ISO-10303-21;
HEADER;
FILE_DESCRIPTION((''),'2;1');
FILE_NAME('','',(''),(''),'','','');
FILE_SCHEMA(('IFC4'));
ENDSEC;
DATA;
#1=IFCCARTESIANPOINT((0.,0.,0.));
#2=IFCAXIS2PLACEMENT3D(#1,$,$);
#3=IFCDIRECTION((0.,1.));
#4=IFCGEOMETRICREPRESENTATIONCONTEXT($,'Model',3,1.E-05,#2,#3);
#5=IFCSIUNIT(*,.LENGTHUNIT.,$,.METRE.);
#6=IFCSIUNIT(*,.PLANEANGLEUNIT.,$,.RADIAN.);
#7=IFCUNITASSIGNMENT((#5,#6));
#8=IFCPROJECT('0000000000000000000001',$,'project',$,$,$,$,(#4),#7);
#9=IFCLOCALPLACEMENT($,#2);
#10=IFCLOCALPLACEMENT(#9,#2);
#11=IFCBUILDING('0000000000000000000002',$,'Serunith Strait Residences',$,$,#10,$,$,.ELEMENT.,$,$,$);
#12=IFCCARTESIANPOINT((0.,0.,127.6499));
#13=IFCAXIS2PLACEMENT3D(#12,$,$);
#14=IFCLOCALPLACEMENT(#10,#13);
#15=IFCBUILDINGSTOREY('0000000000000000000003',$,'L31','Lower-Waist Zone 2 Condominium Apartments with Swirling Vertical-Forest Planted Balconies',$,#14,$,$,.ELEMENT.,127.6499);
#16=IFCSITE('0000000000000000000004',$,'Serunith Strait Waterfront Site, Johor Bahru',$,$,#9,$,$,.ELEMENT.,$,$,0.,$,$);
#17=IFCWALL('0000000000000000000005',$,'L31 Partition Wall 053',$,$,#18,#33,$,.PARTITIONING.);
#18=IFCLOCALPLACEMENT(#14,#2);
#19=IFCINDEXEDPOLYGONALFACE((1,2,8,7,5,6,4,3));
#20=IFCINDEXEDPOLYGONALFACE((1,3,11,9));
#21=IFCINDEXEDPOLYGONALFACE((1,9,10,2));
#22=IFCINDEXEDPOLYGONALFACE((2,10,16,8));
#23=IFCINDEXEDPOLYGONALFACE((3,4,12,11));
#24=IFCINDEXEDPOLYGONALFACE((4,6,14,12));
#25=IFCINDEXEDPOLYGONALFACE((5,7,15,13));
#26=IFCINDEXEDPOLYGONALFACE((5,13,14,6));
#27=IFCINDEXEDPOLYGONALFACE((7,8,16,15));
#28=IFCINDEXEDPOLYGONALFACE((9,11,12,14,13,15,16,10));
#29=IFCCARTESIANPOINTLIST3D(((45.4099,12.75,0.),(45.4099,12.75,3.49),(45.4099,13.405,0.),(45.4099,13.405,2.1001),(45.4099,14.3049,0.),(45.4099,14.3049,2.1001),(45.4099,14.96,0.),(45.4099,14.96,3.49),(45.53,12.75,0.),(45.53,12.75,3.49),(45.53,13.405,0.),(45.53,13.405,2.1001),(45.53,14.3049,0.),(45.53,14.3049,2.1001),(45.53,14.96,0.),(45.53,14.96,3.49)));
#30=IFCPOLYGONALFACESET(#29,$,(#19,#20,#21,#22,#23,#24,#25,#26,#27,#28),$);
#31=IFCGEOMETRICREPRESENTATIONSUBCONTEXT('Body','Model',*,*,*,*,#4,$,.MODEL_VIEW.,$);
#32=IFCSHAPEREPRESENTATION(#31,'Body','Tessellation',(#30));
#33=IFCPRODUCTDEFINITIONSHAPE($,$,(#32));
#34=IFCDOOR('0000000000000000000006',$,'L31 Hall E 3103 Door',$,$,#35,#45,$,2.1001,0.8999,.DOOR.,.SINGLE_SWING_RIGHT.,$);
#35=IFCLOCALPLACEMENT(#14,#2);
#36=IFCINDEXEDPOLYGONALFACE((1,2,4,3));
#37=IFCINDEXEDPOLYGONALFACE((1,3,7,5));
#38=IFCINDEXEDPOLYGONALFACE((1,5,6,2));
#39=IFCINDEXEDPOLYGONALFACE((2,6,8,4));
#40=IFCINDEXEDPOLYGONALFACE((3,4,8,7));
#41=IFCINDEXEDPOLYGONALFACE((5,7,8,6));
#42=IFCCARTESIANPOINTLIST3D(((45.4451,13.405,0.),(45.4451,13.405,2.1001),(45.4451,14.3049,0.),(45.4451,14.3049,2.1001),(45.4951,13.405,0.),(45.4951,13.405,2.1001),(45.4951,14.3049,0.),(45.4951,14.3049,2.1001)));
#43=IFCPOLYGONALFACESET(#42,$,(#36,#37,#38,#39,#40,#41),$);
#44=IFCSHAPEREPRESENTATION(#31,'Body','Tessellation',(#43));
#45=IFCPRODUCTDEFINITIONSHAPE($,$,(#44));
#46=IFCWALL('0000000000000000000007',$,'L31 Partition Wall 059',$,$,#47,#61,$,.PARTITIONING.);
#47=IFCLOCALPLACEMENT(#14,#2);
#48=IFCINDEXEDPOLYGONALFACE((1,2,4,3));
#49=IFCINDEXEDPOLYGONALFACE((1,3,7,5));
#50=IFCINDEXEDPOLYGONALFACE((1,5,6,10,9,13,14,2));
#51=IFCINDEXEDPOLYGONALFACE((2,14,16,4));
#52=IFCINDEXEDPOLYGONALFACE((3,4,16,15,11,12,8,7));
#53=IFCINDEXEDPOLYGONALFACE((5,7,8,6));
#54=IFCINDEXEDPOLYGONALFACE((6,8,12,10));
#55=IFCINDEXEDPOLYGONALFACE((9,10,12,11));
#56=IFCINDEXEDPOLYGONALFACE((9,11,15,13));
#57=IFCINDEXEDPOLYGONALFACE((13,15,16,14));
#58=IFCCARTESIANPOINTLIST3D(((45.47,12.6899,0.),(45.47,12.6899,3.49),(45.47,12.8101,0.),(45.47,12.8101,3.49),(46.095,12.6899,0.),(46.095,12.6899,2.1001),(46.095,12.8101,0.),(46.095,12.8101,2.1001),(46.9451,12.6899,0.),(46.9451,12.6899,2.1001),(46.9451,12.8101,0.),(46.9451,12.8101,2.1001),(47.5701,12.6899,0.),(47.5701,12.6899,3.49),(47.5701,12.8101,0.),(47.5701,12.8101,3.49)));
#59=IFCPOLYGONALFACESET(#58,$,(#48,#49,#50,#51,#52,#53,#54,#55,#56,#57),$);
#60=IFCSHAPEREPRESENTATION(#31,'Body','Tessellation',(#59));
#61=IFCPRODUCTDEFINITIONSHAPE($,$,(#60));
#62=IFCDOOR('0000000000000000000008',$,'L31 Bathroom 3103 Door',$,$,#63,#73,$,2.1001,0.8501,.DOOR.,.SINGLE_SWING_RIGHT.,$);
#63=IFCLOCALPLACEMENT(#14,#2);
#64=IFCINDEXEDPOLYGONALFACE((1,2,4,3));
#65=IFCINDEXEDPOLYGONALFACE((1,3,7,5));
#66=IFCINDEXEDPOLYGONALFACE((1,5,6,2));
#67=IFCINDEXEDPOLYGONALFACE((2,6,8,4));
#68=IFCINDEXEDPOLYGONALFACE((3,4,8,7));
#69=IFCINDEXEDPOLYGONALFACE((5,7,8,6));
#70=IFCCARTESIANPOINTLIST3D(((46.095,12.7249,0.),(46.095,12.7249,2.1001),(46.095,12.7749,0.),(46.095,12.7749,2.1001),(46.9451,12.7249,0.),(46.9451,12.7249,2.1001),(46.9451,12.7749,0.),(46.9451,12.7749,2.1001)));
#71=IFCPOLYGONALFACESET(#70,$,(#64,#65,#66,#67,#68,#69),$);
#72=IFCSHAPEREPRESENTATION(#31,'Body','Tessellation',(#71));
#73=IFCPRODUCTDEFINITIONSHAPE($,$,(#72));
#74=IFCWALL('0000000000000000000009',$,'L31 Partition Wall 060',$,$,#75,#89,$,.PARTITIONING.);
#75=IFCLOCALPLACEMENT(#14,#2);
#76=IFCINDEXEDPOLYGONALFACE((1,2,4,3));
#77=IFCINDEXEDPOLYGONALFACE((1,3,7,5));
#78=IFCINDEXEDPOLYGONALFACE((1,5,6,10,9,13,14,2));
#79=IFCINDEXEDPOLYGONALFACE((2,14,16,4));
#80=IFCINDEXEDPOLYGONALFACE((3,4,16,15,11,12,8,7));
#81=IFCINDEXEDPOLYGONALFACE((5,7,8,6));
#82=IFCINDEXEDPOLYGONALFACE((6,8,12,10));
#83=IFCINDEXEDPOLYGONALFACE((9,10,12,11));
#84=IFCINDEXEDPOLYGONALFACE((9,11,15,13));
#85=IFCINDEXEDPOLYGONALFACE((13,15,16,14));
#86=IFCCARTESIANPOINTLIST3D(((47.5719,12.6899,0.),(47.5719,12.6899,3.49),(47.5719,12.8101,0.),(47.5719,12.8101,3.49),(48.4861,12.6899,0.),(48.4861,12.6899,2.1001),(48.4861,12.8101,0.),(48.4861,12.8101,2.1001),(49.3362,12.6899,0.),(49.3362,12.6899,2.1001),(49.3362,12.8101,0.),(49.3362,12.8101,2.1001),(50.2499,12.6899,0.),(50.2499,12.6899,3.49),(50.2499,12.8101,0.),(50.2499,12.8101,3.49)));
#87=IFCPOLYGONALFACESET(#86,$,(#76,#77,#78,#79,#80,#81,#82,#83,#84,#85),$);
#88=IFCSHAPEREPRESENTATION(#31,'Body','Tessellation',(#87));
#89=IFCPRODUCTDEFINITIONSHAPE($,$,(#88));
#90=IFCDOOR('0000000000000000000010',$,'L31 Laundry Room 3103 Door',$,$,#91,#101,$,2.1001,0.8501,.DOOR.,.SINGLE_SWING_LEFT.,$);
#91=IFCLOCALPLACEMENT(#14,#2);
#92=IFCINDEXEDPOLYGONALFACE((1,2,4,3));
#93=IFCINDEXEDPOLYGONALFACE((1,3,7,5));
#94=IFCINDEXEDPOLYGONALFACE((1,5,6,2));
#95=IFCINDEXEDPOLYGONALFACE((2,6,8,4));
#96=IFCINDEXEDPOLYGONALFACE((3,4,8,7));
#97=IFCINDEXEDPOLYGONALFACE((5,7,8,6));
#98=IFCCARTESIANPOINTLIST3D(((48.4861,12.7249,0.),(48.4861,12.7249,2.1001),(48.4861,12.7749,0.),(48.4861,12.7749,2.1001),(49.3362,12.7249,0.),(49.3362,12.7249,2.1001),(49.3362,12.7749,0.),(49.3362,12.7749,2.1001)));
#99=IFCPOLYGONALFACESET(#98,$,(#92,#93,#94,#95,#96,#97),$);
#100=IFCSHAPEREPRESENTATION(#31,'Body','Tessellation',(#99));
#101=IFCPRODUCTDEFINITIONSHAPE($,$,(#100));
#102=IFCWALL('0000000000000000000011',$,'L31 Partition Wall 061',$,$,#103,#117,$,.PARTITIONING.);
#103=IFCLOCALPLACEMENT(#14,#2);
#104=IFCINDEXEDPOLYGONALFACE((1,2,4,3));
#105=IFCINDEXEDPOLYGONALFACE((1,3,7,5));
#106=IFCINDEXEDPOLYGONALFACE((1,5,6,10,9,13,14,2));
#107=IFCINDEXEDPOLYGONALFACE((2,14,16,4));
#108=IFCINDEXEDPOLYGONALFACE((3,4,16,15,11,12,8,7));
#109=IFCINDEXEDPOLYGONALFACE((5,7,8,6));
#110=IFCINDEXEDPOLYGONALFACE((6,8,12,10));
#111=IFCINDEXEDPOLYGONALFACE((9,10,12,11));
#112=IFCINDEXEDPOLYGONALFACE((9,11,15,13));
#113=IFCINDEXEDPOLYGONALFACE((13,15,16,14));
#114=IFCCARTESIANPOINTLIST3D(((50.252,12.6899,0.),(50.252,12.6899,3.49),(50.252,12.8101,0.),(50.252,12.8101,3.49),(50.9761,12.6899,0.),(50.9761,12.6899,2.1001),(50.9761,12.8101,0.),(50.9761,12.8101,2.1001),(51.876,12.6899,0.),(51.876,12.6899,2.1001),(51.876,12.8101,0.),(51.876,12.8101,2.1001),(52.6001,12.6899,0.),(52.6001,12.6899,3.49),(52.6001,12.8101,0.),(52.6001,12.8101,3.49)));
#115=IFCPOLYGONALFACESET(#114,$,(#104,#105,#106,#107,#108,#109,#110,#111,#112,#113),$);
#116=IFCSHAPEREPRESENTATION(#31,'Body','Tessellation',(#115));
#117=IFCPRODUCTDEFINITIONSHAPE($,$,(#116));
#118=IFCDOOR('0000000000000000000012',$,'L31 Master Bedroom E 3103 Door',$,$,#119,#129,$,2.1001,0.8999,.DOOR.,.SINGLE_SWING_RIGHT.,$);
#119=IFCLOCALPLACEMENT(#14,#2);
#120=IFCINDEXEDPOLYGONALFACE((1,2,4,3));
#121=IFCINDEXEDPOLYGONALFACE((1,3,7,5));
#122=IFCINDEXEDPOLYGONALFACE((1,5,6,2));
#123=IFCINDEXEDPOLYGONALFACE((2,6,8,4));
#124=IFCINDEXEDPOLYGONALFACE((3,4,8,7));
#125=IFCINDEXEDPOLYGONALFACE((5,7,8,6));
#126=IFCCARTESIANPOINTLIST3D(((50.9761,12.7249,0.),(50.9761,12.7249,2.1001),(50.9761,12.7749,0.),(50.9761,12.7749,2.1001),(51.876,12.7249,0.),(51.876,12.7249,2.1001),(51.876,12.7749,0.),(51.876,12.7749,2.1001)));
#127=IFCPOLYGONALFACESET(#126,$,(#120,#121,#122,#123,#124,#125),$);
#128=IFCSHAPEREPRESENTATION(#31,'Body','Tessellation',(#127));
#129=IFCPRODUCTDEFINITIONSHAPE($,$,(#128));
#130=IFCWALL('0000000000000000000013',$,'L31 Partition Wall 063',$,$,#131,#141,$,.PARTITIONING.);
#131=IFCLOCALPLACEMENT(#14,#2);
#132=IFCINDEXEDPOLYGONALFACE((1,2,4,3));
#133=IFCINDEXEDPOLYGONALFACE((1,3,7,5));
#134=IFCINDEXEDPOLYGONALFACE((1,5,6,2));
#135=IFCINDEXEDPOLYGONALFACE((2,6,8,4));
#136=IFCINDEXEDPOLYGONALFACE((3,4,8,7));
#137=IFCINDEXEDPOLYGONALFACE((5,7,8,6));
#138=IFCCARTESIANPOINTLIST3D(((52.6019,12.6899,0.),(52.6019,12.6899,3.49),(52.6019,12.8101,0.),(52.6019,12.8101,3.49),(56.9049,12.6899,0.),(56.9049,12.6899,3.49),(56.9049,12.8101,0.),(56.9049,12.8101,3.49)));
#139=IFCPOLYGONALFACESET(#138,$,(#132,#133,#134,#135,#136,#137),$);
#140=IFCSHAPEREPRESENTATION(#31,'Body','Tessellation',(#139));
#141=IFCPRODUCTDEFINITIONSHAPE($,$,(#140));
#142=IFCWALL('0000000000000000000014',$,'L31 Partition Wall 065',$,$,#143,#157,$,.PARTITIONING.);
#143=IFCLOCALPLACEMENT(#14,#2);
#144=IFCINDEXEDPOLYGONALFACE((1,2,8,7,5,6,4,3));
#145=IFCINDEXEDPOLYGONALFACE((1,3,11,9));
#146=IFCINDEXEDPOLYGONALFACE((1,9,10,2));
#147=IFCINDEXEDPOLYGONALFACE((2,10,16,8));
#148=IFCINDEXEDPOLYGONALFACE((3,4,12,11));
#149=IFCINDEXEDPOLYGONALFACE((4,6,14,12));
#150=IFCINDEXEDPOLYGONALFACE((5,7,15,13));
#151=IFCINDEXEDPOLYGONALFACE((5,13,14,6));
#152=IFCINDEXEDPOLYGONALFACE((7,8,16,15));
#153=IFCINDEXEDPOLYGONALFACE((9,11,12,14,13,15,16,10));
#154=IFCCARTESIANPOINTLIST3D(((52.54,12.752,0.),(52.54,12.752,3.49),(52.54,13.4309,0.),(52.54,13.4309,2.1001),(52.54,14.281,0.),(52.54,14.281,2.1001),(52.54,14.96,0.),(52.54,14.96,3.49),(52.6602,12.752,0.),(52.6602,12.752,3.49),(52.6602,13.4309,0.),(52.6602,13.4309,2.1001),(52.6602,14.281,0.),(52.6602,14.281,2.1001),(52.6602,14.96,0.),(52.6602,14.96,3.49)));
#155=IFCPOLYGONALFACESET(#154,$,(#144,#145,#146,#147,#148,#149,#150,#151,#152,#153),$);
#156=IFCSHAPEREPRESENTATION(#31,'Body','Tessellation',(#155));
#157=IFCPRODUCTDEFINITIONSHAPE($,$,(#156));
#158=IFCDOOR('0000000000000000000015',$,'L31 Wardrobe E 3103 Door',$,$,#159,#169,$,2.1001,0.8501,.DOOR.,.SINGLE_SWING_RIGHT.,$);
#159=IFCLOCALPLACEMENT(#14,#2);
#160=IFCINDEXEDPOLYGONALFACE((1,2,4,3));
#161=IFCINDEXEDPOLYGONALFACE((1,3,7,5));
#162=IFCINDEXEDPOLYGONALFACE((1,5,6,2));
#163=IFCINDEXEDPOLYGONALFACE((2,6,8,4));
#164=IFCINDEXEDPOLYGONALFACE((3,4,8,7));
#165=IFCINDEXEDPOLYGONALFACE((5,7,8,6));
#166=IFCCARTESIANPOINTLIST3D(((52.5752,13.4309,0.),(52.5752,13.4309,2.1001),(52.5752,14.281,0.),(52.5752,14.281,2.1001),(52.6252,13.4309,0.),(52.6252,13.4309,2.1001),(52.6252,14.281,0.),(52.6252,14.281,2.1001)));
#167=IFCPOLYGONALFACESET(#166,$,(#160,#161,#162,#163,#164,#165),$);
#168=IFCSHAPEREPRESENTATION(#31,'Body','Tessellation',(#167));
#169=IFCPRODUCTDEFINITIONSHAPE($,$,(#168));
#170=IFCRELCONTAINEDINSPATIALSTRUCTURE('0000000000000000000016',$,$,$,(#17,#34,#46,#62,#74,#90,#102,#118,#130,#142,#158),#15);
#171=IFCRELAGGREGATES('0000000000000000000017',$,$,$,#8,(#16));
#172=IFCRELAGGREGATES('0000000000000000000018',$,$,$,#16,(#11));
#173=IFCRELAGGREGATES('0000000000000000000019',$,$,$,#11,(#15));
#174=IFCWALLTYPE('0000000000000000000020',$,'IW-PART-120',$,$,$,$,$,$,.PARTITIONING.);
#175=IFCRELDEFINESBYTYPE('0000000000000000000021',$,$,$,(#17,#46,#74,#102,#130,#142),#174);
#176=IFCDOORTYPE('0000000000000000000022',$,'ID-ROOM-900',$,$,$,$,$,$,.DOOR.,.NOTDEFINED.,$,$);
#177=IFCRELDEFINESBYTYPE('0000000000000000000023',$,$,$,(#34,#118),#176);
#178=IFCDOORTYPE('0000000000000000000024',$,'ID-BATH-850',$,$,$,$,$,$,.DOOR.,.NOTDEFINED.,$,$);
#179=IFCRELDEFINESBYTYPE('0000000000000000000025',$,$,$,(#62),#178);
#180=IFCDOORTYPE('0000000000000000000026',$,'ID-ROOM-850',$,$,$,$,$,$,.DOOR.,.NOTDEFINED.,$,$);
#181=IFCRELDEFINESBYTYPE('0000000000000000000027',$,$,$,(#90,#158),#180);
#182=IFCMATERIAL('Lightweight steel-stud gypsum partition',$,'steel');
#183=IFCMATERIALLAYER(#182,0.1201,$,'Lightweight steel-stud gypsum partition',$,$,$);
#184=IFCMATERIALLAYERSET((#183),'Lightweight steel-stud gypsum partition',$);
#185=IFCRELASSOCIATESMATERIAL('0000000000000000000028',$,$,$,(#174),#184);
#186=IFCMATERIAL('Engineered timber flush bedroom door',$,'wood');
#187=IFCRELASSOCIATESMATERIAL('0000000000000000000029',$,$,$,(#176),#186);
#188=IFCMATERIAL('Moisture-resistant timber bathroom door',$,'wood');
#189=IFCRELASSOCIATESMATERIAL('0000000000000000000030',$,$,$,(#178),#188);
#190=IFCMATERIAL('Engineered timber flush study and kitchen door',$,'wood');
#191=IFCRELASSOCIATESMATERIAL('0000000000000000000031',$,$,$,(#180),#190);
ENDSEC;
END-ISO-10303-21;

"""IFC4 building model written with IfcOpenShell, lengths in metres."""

from ifc_helpers import new_model, si_unit, direction, frame, frame_2d, origin, place, context, subcontext, project, spatial, rectangle, extrude, source, transform, mapped, material, layer, layer_set, type_object, element, fill, save


model = new_model("IFC4")

# Units and contexts
model_context = context("Model", 3, precision=1e-05, world=origin(), true_north=direction((0.0, 1.0)))
body_context = subcontext(model_context, "Body", "Model", "MODEL_VIEW")
ifc_project = project(units=[si_unit("LENGTHUNIT", "METRE"), si_unit("PLANEANGLEUNIT", "RADIAN")], contexts=[model_context])

# Site, building, storey
site_placement = place(None, origin())
site = spatial("IfcSite", under=ifc_project, at=site_placement, Name="Serunith Strait Waterfront Site, Johor Bahru", CompositionType="ELEMENT", RefElevation=0.0)
building_placement = place(site_placement, origin())
building = spatial("IfcBuilding", under=site, at=building_placement, Name="Serunith Strait Residences", CompositionType="ELEMENT")
storey_placement = place(building_placement, frame((0.0, 0.0, 127.6499)))
storey = spatial("IfcBuildingStorey", under=building, at=storey_placement, Name="L31", Description="Lower-Waist Zone 2 Condominium Apartments with Swirling Vertical-Forest Planted Balconies", CompositionType="ELEMENT", Elevation=127.6499)

# Walls, openings, doors
ifc_material_1 = material(Name="Lightweight steel-stud gypsum partition", Category="steel")
ifc_layer_1 = layer(ifc_material_1, 0.1201, Name="Lightweight steel-stud gypsum partition")
ifc_layer_set_1 = layer_set([ifc_layer_1], Name="Lightweight steel-stud gypsum partition")
wall_type = type_object("IfcWallType", Name="IW-PART-120", PredefinedType="PARTITIONING", material=ifc_layer_set_1)
wall_1_placement = place(storey_placement, frame((45.47, 12.75, 0.0), z_axis=(0.0, 0.0, 1.0), x_axis=(0.0, 1.0, 0.0)))
wall_1 = element("IfcWall", 1, at=wall_1_placement, inside=storey, type_object=wall_type, Name="L31 Partition Wall 053", PredefinedType="PARTITIONING", context=body_context, shape_type="SweptSolid", body=[
    extrude(rectangle(XDim=2.21, YDim=0.1201, at=frame_2d((1.105, 0.0))), origin(), (0.0, 0.0, 1.0), 3.49),
])
opening_1_placement = place(wall_1_placement, frame((0.655, 0.0, 0.0)))
opening_1 = element("IfcOpeningElement", 2, at=opening_1_placement, cuts=wall_1, PredefinedType="OPENING", context=body_context, shape_type="SweptSolid", body=[
    extrude(rectangle(XDim=0.8999, YDim=2.1001, at=frame_2d((0.45, 1.05))), frame((0.0, 0.0701, 0.0), z_axis=(0.0, -1.0, 0.0), x_axis=(1.0, 0.0, 0.0)), (0.0, 0.0, 1.0), 0.1401),
])
ifc_material_2 = material(Name="Engineered timber flush bedroom door", Category="wood")
door_type_1 = type_object("IfcDoorType", Name="ID-ROOM-900", OperationType="NOTDEFINED", PredefinedType="DOOR", material=ifc_material_2)
shared_shape_1 = source(origin(), body_context, "Body", "SweptSolid", [
    extrude(rectangle(XDim=0.8999, YDim=2.1001, at=frame_2d((0.45, 1.05))), frame((0.0, 0.0249, 0.0), z_axis=(0.0, -1.0, 0.0), x_axis=(1.0, 0.0, 0.0)), (0.0, 0.0, 1.0), 0.05),
])
door_1_placement = place(opening_1_placement, origin())
door_1 = element("IfcDoor", 3, at=door_1_placement, inside=storey, type_object=door_type_1, Name="L31 Hall E 3103 Door", OperationType="SINGLE_SWING_RIGHT", OverallHeight=2.1001, OverallWidth=0.8999, PredefinedType="DOOR", context=body_context, shape_type="MappedRepresentation", body=[
    mapped(shared_shape_1, transform((0.0, 0.0, 0.0), scale=1.0)),
])
fill(opening_1, door_1)
wall_2_placement = place(storey_placement, frame((45.47, 12.75, 0.0), z_axis=(0.0, 0.0, 1.0), x_axis=(1.0, 0.0, 0.0)))
wall_2 = element("IfcWall", 4, at=wall_2_placement, inside=storey, type_object=wall_type, Name="L31 Partition Wall 059", PredefinedType="PARTITIONING", context=body_context, shape_type="SweptSolid", body=[
    extrude(rectangle(XDim=2.1001, YDim=0.1201, at=frame_2d((1.05, 0.0))), origin(), (0.0, 0.0, 1.0), 3.49),
])
opening_2_placement = place(wall_2_placement, frame((0.625, 0.0, 0.0)))
opening_2 = element("IfcOpeningElement", 5, at=opening_2_placement, cuts=wall_2, PredefinedType="OPENING", context=body_context, shape_type="SweptSolid", body=[
    extrude(rectangle(XDim=0.8501, YDim=2.1001, at=frame_2d((0.425, 1.05))), frame((0.0, 0.0701, 0.0), z_axis=(0.0, -1.0, 0.0), x_axis=(1.0, 0.0, 0.0)), (0.0, 0.0, 1.0), 0.1401),
])
ifc_material_3 = material(Name="Moisture-resistant timber bathroom door", Category="wood")
door_type_2 = type_object("IfcDoorType", Name="ID-BATH-850", OperationType="NOTDEFINED", PredefinedType="DOOR", material=ifc_material_3)
shared_shape_2 = source(origin(), body_context, "Body", "SweptSolid", [
    extrude(rectangle(XDim=0.8501, YDim=2.1001, at=frame_2d((0.425, 1.05))), frame((0.0, 0.0249, 0.0), z_axis=(0.0, -1.0, 0.0), x_axis=(1.0, 0.0, 0.0)), (0.0, 0.0, 1.0), 0.05),
])
door_2_placement = place(opening_2_placement, origin())
door_2 = element("IfcDoor", 6, at=door_2_placement, inside=storey, type_object=door_type_2, Name="L31 Bathroom 3103 Door", OperationType="SINGLE_SWING_RIGHT", OverallHeight=2.1001, OverallWidth=0.8501, PredefinedType="DOOR", context=body_context, shape_type="MappedRepresentation", body=[
    mapped(shared_shape_2, transform((0.0, 0.0, 0.0), scale=1.0)),
])
fill(opening_2, door_2)
wall_3_placement = place(storey_placement, frame((47.572, 12.75, 0.0), z_axis=(0.0, 0.0, 1.0), x_axis=(1.0, 0.0, 0.0)))
wall_3 = element("IfcWall", 7, at=wall_3_placement, inside=storey, type_object=wall_type, Name="L31 Partition Wall 060", PredefinedType="PARTITIONING", context=body_context, shape_type="SweptSolid", body=[
    extrude(rectangle(XDim=2.678, YDim=0.1201, at=frame_2d((1.3389, 0.0))), origin(), (0.0, 0.0, 1.0), 3.49),
])
opening_3_placement = place(wall_3_placement, frame((0.9141, 0.0, 0.0)))
opening_3 = element("IfcOpeningElement", 8, at=opening_3_placement, cuts=wall_3, PredefinedType="OPENING", context=body_context, shape_type="SweptSolid", body=[
    extrude(rectangle(XDim=0.8501, YDim=2.1001, at=frame_2d((0.425, 1.05))), frame((0.0, 0.0701, 0.0), z_axis=(0.0, -1.0, 0.0), x_axis=(1.0, 0.0, 0.0)), (0.0, 0.0, 1.0), 0.1401),
])
ifc_material_4 = material(Name="Engineered timber flush study and kitchen door", Category="wood")
door_type_3 = type_object("IfcDoorType", Name="ID-ROOM-850", OperationType="NOTDEFINED", PredefinedType="DOOR", material=ifc_material_4)
door_3_placement = place(opening_3_placement, origin())
door_3 = element("IfcDoor", 9, at=door_3_placement, inside=storey, type_object=door_type_3, Name="L31 Laundry Room 3103 Door", OperationType="SINGLE_SWING_LEFT", OverallHeight=2.1001, OverallWidth=0.8501, PredefinedType="DOOR", context=body_context, shape_type="MappedRepresentation", body=[
    mapped(shared_shape_2, transform((0.0, 0.0, 0.0), scale=1.0)),
])
fill(opening_3, door_3)
wall_4_placement = place(storey_placement, frame((50.252, 12.75, 0.0), z_axis=(0.0, 0.0, 1.0), x_axis=(1.0, 0.0, 0.0)))
wall_4 = element("IfcWall", 10, at=wall_4_placement, inside=storey, type_object=wall_type, Name="L31 Partition Wall 061", PredefinedType="PARTITIONING", context=body_context, shape_type="SweptSolid", body=[
    extrude(rectangle(XDim=2.3481, YDim=0.1201, at=frame_2d((1.1741, 0.0))), origin(), (0.0, 0.0, 1.0), 3.49),
])
opening_4_placement = place(wall_4_placement, frame((0.7241, 0.0, 0.0)))
opening_4 = element("IfcOpeningElement", 11, at=opening_4_placement, cuts=wall_4, PredefinedType="OPENING", context=body_context, shape_type="SweptSolid", body=[
    extrude(rectangle(XDim=0.8999, YDim=2.1001, at=frame_2d((0.45, 1.05))), frame((0.0, 0.0701, 0.0), z_axis=(0.0, -1.0, 0.0), x_axis=(1.0, 0.0, 0.0)), (0.0, 0.0, 1.0), 0.1401),
])
door_4_placement = place(opening_4_placement, origin())
door_4 = element("IfcDoor", 12, at=door_4_placement, inside=storey, type_object=door_type_1, Name="L31 Master Bedroom E 3103 Door", OperationType="SINGLE_SWING_RIGHT", OverallHeight=2.1001, OverallWidth=0.8999, PredefinedType="DOOR", context=body_context, shape_type="MappedRepresentation", body=[
    mapped(shared_shape_1, transform((0.0, 0.0, 0.0), scale=1.0)),
])
fill(opening_4, door_4)

# Wall
wall_5_placement = place(storey_placement, frame((52.6021, 12.75, 0.0), z_axis=(0.0, 0.0, 1.0), x_axis=(1.0, 0.0, 0.0)))
element("IfcWall", 13, at=wall_5_placement, inside=storey, type_object=wall_type, Name="L31 Partition Wall 063", PredefinedType="PARTITIONING", context=body_context, shape_type="SweptSolid", body=[
    extrude(rectangle(XDim=4.303, YDim=0.1201, at=frame_2d((2.1514, 0.0))), origin(), (0.0, 0.0, 1.0), 3.49),
])

# Wall, opening, door
wall_6_placement = place(storey_placement, frame((52.6001, 12.752, 0.0), z_axis=(0.0, 0.0, 1.0), x_axis=(0.0, 1.0, 0.0)))
wall_6 = element("IfcWall", 14, at=wall_6_placement, inside=storey, type_object=wall_type, Name="L31 Partition Wall 065", PredefinedType="PARTITIONING", context=body_context, shape_type="SweptSolid", body=[
    extrude(rectangle(XDim=2.208, YDim=0.1201, at=frame_2d((1.104, 0.0))), origin(), (0.0, 0.0, 1.0), 3.49),
])
opening_5_placement = place(wall_6_placement, frame((0.679, 0.0, 0.0)))
opening_5 = element("IfcOpeningElement", 15, at=opening_5_placement, cuts=wall_6, PredefinedType="OPENING", context=body_context, shape_type="SweptSolid", body=[
    extrude(rectangle(XDim=0.8501, YDim=2.1001, at=frame_2d((0.425, 1.05))), frame((0.0, 0.0701, 0.0), z_axis=(0.0, -1.0, 0.0), x_axis=(1.0, 0.0, 0.0)), (0.0, 0.0, 1.0), 0.1401),
])
door_5_placement = place(opening_5_placement, origin())
door_5 = element("IfcDoor", 16, at=door_5_placement, inside=storey, type_object=door_type_3, Name="L31 Wardrobe E 3103 Door", OperationType="SINGLE_SWING_RIGHT", OverallHeight=2.1001, OverallWidth=0.8501, PredefinedType="DOOR", context=body_context, shape_type="MappedRepresentation", body=[
    mapped(shared_shape_2, transform((0.0, 0.0, 0.0), scale=1.0)),
])
fill(opening_5, door_5)

save(model, "model.ifc")
